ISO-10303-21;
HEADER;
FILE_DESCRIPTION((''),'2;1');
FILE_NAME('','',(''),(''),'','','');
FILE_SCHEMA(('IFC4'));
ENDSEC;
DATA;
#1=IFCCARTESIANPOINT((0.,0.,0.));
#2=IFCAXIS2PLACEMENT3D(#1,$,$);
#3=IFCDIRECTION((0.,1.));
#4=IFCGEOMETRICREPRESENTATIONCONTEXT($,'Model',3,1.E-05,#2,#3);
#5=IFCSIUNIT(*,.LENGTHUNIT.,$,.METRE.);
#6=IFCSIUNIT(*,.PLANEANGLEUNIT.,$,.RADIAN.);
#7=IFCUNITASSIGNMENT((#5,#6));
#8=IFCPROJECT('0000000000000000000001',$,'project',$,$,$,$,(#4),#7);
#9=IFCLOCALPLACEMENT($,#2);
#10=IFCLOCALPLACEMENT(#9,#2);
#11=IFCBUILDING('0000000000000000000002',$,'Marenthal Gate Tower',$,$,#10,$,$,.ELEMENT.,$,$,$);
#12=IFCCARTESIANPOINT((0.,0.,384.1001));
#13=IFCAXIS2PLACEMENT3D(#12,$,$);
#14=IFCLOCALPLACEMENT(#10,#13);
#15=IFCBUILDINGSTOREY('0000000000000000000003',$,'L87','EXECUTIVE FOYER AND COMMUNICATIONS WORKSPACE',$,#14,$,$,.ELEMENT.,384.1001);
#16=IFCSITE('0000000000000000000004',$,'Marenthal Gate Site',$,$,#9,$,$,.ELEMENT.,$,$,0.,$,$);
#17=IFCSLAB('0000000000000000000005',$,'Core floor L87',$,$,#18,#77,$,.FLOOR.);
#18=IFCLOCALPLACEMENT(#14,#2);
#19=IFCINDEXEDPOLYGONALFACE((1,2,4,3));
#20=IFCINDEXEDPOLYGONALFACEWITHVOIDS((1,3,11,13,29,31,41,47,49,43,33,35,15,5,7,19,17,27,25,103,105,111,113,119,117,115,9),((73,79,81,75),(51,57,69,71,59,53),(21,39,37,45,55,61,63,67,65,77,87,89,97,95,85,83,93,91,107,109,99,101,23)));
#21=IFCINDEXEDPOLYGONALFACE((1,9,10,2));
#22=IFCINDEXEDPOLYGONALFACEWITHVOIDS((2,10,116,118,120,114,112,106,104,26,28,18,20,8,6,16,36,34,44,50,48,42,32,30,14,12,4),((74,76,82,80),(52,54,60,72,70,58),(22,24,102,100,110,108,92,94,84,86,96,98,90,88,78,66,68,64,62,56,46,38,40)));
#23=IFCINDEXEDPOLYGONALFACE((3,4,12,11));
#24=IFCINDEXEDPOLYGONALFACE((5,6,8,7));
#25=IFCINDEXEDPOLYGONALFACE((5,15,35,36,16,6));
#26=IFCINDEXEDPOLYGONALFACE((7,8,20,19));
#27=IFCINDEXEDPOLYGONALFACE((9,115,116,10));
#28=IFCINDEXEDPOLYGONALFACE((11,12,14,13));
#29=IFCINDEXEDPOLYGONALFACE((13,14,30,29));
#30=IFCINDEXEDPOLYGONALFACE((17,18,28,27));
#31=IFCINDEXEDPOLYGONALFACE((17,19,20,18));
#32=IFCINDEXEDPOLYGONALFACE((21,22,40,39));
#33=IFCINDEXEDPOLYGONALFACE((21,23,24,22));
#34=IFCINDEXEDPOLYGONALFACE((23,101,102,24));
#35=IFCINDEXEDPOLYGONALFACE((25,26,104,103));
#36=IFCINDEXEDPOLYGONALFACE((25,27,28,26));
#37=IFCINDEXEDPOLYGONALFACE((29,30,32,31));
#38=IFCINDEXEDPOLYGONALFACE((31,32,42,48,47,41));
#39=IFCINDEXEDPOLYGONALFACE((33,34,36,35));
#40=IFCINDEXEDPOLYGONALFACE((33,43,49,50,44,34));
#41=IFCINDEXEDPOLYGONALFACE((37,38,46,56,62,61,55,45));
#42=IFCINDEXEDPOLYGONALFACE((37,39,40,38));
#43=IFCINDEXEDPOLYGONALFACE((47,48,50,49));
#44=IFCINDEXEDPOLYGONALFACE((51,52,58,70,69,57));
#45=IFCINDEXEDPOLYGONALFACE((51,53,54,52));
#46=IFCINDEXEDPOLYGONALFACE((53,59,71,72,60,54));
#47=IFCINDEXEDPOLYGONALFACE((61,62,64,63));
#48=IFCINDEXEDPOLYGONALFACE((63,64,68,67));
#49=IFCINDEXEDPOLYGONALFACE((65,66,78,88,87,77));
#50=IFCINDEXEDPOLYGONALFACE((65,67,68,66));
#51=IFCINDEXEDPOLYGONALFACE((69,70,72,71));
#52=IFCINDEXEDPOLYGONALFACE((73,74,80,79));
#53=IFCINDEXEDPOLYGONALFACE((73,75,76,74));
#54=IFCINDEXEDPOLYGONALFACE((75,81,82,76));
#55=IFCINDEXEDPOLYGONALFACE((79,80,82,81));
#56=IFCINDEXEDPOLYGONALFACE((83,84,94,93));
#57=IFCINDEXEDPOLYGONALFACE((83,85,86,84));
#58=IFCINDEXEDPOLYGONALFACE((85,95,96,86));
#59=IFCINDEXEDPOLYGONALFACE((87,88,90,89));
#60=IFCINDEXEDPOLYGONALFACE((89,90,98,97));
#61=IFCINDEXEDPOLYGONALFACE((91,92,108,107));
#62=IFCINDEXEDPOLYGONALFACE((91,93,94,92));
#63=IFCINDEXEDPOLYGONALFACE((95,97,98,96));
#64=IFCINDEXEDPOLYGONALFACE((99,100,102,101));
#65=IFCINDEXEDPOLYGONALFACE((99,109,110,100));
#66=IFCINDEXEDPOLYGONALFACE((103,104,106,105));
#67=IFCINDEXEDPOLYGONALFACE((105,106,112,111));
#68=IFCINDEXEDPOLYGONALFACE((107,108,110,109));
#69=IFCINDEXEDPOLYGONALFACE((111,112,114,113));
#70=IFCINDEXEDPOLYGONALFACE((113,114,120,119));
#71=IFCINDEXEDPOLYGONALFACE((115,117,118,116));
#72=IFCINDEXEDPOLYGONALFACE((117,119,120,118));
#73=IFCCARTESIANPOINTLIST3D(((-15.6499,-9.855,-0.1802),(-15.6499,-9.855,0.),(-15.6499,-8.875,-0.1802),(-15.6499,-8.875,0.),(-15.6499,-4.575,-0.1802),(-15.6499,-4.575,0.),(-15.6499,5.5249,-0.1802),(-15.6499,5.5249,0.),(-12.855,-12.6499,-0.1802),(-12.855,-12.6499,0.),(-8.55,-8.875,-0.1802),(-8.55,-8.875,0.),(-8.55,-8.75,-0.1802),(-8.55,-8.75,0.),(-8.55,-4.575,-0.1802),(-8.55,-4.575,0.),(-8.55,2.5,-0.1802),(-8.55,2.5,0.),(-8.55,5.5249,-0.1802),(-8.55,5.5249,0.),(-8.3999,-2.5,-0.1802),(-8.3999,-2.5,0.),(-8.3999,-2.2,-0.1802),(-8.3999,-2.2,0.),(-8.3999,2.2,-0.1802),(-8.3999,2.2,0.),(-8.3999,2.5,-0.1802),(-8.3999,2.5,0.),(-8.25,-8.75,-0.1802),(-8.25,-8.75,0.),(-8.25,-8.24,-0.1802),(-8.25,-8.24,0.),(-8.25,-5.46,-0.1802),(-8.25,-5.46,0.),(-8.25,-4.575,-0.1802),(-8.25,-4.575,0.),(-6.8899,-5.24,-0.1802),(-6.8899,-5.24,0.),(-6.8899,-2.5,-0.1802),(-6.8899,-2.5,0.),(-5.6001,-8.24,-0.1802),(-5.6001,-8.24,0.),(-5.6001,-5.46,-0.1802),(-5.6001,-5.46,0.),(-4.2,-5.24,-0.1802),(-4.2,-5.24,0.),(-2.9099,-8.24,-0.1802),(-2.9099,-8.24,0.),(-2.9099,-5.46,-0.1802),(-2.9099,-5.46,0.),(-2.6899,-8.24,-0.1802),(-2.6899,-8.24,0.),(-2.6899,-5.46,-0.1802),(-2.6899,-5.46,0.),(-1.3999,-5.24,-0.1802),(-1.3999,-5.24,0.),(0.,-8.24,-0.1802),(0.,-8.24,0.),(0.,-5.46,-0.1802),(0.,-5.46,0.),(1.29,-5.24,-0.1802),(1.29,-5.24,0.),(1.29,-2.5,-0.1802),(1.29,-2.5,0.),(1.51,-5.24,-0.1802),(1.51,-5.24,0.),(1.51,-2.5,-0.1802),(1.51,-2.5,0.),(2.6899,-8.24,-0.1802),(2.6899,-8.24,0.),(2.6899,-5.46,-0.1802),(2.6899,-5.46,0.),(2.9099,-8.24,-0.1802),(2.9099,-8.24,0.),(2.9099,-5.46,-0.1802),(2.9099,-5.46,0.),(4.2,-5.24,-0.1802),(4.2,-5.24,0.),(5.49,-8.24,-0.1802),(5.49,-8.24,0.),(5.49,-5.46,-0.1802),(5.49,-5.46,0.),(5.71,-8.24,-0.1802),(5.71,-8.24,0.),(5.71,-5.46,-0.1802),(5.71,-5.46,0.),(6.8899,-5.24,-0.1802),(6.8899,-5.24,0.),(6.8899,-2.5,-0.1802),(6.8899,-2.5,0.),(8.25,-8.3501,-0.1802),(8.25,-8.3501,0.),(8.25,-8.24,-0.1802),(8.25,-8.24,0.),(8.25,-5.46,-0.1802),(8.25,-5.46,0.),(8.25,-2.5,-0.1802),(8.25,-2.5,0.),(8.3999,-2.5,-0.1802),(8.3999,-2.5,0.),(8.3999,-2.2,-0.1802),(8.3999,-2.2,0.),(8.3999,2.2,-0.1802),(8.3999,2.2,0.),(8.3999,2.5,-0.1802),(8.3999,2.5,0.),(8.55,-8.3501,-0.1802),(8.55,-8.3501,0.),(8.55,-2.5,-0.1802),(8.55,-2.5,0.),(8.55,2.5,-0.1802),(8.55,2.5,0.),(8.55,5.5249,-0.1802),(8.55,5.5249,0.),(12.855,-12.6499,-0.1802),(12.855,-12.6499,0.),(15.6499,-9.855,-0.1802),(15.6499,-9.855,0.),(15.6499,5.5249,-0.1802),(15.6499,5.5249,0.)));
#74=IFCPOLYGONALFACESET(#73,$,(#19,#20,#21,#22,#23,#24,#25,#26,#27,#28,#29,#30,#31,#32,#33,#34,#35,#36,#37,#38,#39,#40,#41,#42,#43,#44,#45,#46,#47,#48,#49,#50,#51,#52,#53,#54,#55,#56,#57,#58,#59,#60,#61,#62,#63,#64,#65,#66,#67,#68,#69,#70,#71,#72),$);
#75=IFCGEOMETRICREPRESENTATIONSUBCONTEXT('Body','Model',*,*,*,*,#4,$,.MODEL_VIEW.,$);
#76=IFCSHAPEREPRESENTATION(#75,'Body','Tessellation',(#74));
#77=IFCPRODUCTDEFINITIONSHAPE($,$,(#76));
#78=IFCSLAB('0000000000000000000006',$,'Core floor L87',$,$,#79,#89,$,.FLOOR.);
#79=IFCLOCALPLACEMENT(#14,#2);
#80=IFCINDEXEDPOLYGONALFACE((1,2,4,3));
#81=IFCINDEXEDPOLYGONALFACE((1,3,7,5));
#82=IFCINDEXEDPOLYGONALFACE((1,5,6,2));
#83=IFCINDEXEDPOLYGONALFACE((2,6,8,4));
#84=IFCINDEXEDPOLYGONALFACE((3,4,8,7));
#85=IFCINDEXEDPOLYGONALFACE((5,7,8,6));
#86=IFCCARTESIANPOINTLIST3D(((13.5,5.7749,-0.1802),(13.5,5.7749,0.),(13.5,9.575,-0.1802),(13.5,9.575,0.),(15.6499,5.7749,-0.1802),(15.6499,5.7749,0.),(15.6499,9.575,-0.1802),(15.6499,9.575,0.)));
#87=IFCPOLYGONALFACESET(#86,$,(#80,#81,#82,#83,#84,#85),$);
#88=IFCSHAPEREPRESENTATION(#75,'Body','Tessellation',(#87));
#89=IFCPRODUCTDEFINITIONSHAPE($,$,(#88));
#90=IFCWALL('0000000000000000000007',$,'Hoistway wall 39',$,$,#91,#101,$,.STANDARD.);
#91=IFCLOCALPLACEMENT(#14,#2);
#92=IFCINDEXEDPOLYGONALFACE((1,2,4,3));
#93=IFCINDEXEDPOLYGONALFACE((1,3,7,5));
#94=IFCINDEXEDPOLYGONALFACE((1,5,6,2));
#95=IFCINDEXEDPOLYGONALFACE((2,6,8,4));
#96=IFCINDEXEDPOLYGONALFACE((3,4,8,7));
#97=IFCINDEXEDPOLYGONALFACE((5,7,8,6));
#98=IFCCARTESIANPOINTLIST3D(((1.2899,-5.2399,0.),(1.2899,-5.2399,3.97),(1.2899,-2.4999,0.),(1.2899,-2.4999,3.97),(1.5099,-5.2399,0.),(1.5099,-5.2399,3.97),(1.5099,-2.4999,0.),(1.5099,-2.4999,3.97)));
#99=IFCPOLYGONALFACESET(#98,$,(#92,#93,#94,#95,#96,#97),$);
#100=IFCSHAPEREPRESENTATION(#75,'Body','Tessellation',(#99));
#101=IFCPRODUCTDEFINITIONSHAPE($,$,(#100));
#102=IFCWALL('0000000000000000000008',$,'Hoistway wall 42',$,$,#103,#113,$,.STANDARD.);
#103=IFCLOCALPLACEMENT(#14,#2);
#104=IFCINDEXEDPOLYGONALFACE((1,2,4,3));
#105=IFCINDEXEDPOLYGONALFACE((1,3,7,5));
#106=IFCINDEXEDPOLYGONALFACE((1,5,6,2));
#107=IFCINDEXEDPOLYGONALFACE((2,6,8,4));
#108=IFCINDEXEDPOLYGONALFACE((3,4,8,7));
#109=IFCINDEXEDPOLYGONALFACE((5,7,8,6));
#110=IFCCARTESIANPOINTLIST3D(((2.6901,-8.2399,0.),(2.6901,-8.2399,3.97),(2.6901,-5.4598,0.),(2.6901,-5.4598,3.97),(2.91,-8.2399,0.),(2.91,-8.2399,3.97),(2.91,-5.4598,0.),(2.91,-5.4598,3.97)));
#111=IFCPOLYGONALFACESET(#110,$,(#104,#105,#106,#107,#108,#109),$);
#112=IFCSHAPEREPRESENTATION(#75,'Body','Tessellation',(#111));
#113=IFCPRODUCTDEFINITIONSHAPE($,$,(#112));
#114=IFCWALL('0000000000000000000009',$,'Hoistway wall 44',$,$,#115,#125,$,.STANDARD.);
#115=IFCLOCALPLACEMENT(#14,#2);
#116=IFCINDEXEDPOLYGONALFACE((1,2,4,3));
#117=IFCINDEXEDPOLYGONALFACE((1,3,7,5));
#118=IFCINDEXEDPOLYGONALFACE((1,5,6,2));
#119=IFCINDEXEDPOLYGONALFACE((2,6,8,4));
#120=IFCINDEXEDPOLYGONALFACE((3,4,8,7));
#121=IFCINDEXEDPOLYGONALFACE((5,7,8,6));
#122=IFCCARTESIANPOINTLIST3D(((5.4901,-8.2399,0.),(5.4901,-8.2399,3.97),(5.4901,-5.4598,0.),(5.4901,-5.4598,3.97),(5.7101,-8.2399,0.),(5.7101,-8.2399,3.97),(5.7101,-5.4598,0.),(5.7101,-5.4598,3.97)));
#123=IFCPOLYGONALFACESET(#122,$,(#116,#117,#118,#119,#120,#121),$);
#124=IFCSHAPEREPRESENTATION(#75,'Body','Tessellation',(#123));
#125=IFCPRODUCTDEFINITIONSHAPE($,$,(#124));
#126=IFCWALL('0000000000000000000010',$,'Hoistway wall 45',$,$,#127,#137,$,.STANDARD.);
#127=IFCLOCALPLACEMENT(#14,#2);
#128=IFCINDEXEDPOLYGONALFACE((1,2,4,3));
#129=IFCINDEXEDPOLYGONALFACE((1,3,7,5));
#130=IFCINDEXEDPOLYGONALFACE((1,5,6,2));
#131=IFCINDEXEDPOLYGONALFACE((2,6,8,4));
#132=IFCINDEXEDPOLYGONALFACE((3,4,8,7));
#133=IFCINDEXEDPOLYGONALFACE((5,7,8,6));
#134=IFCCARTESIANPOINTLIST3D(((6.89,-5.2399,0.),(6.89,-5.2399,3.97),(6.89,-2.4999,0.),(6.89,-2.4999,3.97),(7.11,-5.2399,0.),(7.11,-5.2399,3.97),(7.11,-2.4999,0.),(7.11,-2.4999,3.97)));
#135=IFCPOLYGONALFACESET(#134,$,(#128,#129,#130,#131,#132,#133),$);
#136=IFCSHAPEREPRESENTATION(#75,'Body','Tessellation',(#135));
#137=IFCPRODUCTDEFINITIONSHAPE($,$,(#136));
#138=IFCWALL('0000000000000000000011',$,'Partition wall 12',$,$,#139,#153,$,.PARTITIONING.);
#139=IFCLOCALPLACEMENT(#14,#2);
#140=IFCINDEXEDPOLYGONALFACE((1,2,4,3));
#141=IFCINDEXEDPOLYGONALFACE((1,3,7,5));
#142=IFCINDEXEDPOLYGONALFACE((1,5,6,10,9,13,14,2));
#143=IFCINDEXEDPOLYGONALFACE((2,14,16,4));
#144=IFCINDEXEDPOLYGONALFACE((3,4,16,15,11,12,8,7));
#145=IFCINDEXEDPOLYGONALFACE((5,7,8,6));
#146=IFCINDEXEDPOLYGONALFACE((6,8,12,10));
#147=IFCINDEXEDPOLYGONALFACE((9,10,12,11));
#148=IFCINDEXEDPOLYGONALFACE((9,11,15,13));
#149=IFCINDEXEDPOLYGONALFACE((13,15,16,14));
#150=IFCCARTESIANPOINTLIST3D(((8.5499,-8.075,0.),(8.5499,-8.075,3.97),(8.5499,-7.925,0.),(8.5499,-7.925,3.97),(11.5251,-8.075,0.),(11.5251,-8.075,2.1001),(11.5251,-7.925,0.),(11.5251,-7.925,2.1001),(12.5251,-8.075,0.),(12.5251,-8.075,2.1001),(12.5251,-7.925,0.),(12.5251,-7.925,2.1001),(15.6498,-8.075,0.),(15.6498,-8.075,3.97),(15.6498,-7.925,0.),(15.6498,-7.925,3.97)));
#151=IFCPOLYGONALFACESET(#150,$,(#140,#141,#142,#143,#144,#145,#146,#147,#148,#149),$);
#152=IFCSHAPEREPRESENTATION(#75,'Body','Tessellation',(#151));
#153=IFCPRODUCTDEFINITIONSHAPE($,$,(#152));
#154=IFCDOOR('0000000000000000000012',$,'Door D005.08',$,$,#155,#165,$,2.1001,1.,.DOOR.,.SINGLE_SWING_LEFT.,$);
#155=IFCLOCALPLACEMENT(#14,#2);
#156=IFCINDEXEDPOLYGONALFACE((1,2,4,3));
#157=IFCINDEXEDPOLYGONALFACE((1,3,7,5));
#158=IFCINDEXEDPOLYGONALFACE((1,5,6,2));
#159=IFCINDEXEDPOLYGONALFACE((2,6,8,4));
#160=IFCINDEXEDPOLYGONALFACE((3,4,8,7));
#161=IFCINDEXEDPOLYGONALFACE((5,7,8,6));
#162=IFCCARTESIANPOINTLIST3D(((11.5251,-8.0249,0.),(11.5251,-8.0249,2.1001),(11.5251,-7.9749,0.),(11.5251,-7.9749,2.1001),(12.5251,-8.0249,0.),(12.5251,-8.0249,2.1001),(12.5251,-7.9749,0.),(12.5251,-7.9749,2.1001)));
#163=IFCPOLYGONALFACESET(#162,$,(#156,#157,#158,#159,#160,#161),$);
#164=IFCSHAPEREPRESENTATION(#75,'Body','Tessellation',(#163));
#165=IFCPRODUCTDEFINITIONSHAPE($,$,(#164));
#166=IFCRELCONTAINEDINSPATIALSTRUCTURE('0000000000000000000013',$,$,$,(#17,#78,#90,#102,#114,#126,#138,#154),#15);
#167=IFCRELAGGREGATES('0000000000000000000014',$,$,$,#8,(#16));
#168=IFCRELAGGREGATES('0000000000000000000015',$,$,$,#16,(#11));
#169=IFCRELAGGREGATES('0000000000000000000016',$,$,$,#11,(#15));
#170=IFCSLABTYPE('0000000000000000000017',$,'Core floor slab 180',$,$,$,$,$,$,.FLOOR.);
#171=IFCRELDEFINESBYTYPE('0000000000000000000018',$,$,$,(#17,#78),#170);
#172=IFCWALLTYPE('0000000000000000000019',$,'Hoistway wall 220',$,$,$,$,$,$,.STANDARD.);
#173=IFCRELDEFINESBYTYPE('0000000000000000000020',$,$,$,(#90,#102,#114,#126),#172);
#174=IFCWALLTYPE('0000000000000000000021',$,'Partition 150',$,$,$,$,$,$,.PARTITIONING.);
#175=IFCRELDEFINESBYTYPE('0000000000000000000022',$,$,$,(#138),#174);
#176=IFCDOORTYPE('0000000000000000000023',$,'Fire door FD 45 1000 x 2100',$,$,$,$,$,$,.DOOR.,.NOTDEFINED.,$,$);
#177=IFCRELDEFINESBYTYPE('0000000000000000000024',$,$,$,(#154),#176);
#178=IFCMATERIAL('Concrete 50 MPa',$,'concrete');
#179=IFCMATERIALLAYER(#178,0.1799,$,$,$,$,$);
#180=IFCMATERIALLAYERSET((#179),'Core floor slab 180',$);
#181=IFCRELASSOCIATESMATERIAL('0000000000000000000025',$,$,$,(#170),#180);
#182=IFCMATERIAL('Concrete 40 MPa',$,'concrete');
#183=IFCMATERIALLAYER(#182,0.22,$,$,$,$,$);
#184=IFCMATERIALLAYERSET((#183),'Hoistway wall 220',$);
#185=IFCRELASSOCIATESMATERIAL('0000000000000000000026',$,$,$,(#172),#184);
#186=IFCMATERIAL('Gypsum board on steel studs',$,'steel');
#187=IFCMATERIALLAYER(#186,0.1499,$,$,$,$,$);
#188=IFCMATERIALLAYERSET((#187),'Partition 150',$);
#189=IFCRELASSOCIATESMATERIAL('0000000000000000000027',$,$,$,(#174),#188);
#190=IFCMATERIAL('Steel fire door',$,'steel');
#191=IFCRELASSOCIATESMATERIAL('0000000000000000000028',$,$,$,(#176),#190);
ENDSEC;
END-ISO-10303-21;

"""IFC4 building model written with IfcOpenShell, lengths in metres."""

from ifc_helpers import new_model, si_unit, direction, frame, frame_2d, origin, place, context, subcontext, project, spatial, polyline, rectangle, outline, extrude, material, layer, layer_set, type_object, element, fill, save


model = new_model("IFC4")

# Units and contexts
model_context = context("Model", 3, precision=1e-05, world=origin(), true_north=direction((0.0, 1.0)))
body_context = subcontext(model_context, "Body", "Model", "MODEL_VIEW")
ifc_project = project(units=[si_unit("LENGTHUNIT", "METRE"), si_unit("PLANEANGLEUNIT", "RADIAN")], contexts=[model_context])

# Site, building, storey
site_placement = place(None, origin())
site = spatial("IfcSite", under=ifc_project, at=site_placement, Name="Marenthal Gate Site", CompositionType="ELEMENT", RefElevation=0.0)
building_placement = place(site_placement, origin())
building = spatial("IfcBuilding", under=site, at=building_placement, Name="Marenthal Gate Tower", CompositionType="ELEMENT")
storey_placement = place(building_placement, frame((0.0, 0.0, 384.1001)))
storey = spatial("IfcBuildingStorey", under=building, at=storey_placement, Name="L87", Description="EXECUTIVE FOYER AND COMMUNICATIONS WORKSPACE", CompositionType="ELEMENT", Elevation=384.1001)

# Slabs
ifc_material_1 = material(Name="Concrete 50 MPa", Category="concrete")
ifc_layer_1 = layer(ifc_material_1, 0.1799)
ifc_layer_set_1 = layer_set([ifc_layer_1], Name="Core floor slab 180")
slab_type_1 = type_object("IfcSlabType", Name="Core floor slab 180", PredefinedType="FLOOR", material=ifc_layer_set_1)
slab_1_placement = place(storey_placement, frame((0.0, 0.0, -0.1802)))
element("IfcSlab", 1, at=slab_1_placement, inside=storey, type_object=slab_type_1, Name="Core floor L87", PredefinedType="FLOOR", context=body_context, shape_type="SweptSolid", body=[
    extrude(outline(polyline([(12.855, -12.6499), (-12.855, -12.6499), (-15.6499, -9.855), (-15.6499, -8.875), (-8.55, -8.875), (-8.55, -8.75), (-8.25, -8.75), (-8.25, -8.24), (-5.6001, -8.24), (-2.9099, -8.24), (-2.9099, -5.46), (-5.6001, -5.46), (-8.25, -5.46), (-8.25, -4.575), (-8.55, -4.575), (-15.6499, -4.575), (-15.6499, 5.5249), (-8.55, 5.5249), (-8.55, 2.5), (-8.3999, 2.5), (-8.3999, 2.2), (8.3999, 2.2), (8.3999, 2.5), (8.55, 2.5), (8.55, 5.5249), (15.6499, 5.5249), (15.6499, -9.855), (12.855, -12.6499)]), holes=[polyline([(0.0, -8.24), (2.6899, -8.24), (2.6899, -5.46), (0.0, -5.46), (-2.6899, -5.46), (-2.6899, -8.24), (0.0, -8.24)]), polyline([(1.29, -5.24), (1.29, -2.5), (1.51, -2.5), (1.51, -5.24), (4.2, -5.24), (6.8899, -5.24), (6.8899, -2.5), (8.25, -2.5), (8.25, -5.46), (5.71, -5.46), (5.71, -8.24), (8.25, -8.24), (8.25, -8.3501), (8.55, -8.3501), (8.55, -2.5), (8.3999, -2.5), (8.3999, -2.2), (-8.3999, -2.2), (-8.3999, -2.5), (-6.8899, -2.5), (-6.8899, -5.24), (-4.2, -5.24), (-1.3999, -5.24), (1.29, -5.24)]), polyline([(5.49, -5.46), (2.9099, -5.46), (2.9099, -8.24), (5.49, -8.24), (5.49, -5.46)])]), origin(), (0.0, 0.0, 1.0), 0.1802),
])
slab_2_placement = place(storey_placement, frame((0.0, 0.0, -0.1802)))
element("IfcSlab", 2, at=slab_2_placement, inside=storey, type_object=slab_type_1, Name="Core floor L87", PredefinedType="FLOOR", context=body_context, shape_type="SweptSolid", body=[
    extrude(outline(polyline([(15.6499, 5.7749), (13.5, 5.7749), (13.5, 9.575), (15.6499, 9.575), (15.6499, 5.7749)])), origin(), (0.0, 0.0, 1.0), 0.1802),
])

# Walls
ifc_material_2 = material(Name="Concrete 40 MPa", Category="concrete")
ifc_layer_2 = layer(ifc_material_2, 0.22)
ifc_layer_set_2 = layer_set([ifc_layer_2], Name="Hoistway wall 220")
wall_type_1 = type_object("IfcWallType", Name="Hoistway wall 220", PredefinedType="STANDARD", material=ifc_layer_set_2)
wall_1_placement = place(storey_placement, frame((1.3999, -5.24, 0.0), z_axis=(0.0, 0.0, 1.0), x_axis=(0.0, 1.0, 0.0)))
element("IfcWall", 3, at=wall_1_placement, inside=storey, type_object=wall_type_1, Name="Hoistway wall 39", PredefinedType="STANDARD", context=body_context, shape_type="SweptSolid", body=[
    extrude(rectangle(XDim=2.74, YDim=0.22, at=frame_2d((1.3701, 0.0))), origin(), (0.0, 0.0, 1.0), 3.97),
])
for number, where, z_axis, x_axis, name in (
    (4, (2.8, -8.24, 0.0), (0.0, 0.0, 1.0), (0.0, 1.0, 0.0), "Hoistway wall 42"),
    (5, (5.6001, -8.24, 0.0), (0.0, 0.0, 1.0), (0.0, 1.0, 0.0), "Hoistway wall 44"),
):
    element("IfcWall", number, at=place(storey_placement, frame(where, z_axis=z_axis, x_axis=x_axis)), inside=storey, type_object=wall_type_1, Name=name, PredefinedType="STANDARD", context=body_context, shape_type="SweptSolid", body=[
        extrude(rectangle(XDim=2.78, YDim=0.22, at=frame_2d((1.3901, 0.0))), origin(), (0.0, 0.0, 1.0), 3.97),
    ])
wall_2_placement = place(storey_placement, frame((7.0, -5.24, 0.0), z_axis=(0.0, 0.0, 1.0), x_axis=(0.0, 1.0, 0.0)))
element("IfcWall", 6, at=wall_2_placement, inside=storey, type_object=wall_type_1, Name="Hoistway wall 45", PredefinedType="STANDARD", context=body_context, shape_type="SweptSolid", body=[
    extrude(rectangle(XDim=2.74, YDim=0.22, at=frame_2d((1.3701, 0.0))), origin(), (0.0, 0.0, 1.0), 3.97),
])

# Wall, opening, door
ifc_material_3 = material(Name="Gypsum board on steel studs", Category="steel")
ifc_layer_3 = layer(ifc_material_3, 0.1499)
ifc_layer_set_3 = layer_set([ifc_layer_3], Name="Partition 150")
wall_type_2 = type_object("IfcWallType", Name="Partition 150", PredefinedType="PARTITIONING", material=ifc_layer_set_3)
wall_3_placement = place(storey_placement, frame((8.55, -8.0, 0.0), z_axis=(0.0, 0.0, 1.0), x_axis=(1.0, 0.0, 0.0)))
wall_3 = element("IfcWall", 7, at=wall_3_placement, inside=storey, type_object=wall_type_2, Name="Partition wall 12", PredefinedType="PARTITIONING", context=body_context, shape_type="SweptSolid", body=[
    extrude(rectangle(XDim=7.0999, YDim=0.1499, at=frame_2d((3.5498, 0.0))), origin(), (0.0, 0.0, 1.0), 3.97),
])
opening_1_placement = place(wall_3_placement, frame((2.9751, 0.0, 0.0)))
opening_1 = element("IfcOpeningElement", 8, at=opening_1_placement, cuts=wall_3, PredefinedType="OPENING", context=body_context, shape_type="SweptSolid", body=[
    extrude(rectangle(XDim=1.0, YDim=2.1001, at=frame_2d((0.5, 1.05))), frame((0.0, 0.085, 0.0), z_axis=(0.0, -1.0, 0.0), x_axis=(1.0, 0.0, 0.0)), (0.0, 0.0, 1.0), 0.1699),
])
ifc_material_4 = material(Name="Steel fire door", Category="steel")
door_type = type_object("IfcDoorType", Name="Fire door FD 45 1000 x 2100", OperationType="NOTDEFINED", PredefinedType="DOOR", material=ifc_material_4)
door_1_placement = place(opening_1_placement, frame((1.0, 0.0, 0.0), z_axis=(0.0, 0.0, 1.0), x_axis=(-1.0, 0.0, 0.0)))
door_1 = element("IfcDoor", 9, at=door_1_placement, inside=storey, type_object=door_type, Name="Door D005.08", OperationType="SINGLE_SWING_LEFT", OverallHeight=2.1001, OverallWidth=1.0, PredefinedType="DOOR", context=body_context, shape_type="SweptSolid", body=[
    extrude(rectangle(XDim=1.0, YDim=2.1001, at=frame_2d((0.5, 1.05))), frame((0.0, 0.0249, 0.0), z_axis=(0.0, -1.0, 0.0), x_axis=(1.0, 0.0, 0.0)), (0.0, 0.0, 1.0), 0.05),
])
fill(opening_1, door_1)

save(model, "model.ifc")
